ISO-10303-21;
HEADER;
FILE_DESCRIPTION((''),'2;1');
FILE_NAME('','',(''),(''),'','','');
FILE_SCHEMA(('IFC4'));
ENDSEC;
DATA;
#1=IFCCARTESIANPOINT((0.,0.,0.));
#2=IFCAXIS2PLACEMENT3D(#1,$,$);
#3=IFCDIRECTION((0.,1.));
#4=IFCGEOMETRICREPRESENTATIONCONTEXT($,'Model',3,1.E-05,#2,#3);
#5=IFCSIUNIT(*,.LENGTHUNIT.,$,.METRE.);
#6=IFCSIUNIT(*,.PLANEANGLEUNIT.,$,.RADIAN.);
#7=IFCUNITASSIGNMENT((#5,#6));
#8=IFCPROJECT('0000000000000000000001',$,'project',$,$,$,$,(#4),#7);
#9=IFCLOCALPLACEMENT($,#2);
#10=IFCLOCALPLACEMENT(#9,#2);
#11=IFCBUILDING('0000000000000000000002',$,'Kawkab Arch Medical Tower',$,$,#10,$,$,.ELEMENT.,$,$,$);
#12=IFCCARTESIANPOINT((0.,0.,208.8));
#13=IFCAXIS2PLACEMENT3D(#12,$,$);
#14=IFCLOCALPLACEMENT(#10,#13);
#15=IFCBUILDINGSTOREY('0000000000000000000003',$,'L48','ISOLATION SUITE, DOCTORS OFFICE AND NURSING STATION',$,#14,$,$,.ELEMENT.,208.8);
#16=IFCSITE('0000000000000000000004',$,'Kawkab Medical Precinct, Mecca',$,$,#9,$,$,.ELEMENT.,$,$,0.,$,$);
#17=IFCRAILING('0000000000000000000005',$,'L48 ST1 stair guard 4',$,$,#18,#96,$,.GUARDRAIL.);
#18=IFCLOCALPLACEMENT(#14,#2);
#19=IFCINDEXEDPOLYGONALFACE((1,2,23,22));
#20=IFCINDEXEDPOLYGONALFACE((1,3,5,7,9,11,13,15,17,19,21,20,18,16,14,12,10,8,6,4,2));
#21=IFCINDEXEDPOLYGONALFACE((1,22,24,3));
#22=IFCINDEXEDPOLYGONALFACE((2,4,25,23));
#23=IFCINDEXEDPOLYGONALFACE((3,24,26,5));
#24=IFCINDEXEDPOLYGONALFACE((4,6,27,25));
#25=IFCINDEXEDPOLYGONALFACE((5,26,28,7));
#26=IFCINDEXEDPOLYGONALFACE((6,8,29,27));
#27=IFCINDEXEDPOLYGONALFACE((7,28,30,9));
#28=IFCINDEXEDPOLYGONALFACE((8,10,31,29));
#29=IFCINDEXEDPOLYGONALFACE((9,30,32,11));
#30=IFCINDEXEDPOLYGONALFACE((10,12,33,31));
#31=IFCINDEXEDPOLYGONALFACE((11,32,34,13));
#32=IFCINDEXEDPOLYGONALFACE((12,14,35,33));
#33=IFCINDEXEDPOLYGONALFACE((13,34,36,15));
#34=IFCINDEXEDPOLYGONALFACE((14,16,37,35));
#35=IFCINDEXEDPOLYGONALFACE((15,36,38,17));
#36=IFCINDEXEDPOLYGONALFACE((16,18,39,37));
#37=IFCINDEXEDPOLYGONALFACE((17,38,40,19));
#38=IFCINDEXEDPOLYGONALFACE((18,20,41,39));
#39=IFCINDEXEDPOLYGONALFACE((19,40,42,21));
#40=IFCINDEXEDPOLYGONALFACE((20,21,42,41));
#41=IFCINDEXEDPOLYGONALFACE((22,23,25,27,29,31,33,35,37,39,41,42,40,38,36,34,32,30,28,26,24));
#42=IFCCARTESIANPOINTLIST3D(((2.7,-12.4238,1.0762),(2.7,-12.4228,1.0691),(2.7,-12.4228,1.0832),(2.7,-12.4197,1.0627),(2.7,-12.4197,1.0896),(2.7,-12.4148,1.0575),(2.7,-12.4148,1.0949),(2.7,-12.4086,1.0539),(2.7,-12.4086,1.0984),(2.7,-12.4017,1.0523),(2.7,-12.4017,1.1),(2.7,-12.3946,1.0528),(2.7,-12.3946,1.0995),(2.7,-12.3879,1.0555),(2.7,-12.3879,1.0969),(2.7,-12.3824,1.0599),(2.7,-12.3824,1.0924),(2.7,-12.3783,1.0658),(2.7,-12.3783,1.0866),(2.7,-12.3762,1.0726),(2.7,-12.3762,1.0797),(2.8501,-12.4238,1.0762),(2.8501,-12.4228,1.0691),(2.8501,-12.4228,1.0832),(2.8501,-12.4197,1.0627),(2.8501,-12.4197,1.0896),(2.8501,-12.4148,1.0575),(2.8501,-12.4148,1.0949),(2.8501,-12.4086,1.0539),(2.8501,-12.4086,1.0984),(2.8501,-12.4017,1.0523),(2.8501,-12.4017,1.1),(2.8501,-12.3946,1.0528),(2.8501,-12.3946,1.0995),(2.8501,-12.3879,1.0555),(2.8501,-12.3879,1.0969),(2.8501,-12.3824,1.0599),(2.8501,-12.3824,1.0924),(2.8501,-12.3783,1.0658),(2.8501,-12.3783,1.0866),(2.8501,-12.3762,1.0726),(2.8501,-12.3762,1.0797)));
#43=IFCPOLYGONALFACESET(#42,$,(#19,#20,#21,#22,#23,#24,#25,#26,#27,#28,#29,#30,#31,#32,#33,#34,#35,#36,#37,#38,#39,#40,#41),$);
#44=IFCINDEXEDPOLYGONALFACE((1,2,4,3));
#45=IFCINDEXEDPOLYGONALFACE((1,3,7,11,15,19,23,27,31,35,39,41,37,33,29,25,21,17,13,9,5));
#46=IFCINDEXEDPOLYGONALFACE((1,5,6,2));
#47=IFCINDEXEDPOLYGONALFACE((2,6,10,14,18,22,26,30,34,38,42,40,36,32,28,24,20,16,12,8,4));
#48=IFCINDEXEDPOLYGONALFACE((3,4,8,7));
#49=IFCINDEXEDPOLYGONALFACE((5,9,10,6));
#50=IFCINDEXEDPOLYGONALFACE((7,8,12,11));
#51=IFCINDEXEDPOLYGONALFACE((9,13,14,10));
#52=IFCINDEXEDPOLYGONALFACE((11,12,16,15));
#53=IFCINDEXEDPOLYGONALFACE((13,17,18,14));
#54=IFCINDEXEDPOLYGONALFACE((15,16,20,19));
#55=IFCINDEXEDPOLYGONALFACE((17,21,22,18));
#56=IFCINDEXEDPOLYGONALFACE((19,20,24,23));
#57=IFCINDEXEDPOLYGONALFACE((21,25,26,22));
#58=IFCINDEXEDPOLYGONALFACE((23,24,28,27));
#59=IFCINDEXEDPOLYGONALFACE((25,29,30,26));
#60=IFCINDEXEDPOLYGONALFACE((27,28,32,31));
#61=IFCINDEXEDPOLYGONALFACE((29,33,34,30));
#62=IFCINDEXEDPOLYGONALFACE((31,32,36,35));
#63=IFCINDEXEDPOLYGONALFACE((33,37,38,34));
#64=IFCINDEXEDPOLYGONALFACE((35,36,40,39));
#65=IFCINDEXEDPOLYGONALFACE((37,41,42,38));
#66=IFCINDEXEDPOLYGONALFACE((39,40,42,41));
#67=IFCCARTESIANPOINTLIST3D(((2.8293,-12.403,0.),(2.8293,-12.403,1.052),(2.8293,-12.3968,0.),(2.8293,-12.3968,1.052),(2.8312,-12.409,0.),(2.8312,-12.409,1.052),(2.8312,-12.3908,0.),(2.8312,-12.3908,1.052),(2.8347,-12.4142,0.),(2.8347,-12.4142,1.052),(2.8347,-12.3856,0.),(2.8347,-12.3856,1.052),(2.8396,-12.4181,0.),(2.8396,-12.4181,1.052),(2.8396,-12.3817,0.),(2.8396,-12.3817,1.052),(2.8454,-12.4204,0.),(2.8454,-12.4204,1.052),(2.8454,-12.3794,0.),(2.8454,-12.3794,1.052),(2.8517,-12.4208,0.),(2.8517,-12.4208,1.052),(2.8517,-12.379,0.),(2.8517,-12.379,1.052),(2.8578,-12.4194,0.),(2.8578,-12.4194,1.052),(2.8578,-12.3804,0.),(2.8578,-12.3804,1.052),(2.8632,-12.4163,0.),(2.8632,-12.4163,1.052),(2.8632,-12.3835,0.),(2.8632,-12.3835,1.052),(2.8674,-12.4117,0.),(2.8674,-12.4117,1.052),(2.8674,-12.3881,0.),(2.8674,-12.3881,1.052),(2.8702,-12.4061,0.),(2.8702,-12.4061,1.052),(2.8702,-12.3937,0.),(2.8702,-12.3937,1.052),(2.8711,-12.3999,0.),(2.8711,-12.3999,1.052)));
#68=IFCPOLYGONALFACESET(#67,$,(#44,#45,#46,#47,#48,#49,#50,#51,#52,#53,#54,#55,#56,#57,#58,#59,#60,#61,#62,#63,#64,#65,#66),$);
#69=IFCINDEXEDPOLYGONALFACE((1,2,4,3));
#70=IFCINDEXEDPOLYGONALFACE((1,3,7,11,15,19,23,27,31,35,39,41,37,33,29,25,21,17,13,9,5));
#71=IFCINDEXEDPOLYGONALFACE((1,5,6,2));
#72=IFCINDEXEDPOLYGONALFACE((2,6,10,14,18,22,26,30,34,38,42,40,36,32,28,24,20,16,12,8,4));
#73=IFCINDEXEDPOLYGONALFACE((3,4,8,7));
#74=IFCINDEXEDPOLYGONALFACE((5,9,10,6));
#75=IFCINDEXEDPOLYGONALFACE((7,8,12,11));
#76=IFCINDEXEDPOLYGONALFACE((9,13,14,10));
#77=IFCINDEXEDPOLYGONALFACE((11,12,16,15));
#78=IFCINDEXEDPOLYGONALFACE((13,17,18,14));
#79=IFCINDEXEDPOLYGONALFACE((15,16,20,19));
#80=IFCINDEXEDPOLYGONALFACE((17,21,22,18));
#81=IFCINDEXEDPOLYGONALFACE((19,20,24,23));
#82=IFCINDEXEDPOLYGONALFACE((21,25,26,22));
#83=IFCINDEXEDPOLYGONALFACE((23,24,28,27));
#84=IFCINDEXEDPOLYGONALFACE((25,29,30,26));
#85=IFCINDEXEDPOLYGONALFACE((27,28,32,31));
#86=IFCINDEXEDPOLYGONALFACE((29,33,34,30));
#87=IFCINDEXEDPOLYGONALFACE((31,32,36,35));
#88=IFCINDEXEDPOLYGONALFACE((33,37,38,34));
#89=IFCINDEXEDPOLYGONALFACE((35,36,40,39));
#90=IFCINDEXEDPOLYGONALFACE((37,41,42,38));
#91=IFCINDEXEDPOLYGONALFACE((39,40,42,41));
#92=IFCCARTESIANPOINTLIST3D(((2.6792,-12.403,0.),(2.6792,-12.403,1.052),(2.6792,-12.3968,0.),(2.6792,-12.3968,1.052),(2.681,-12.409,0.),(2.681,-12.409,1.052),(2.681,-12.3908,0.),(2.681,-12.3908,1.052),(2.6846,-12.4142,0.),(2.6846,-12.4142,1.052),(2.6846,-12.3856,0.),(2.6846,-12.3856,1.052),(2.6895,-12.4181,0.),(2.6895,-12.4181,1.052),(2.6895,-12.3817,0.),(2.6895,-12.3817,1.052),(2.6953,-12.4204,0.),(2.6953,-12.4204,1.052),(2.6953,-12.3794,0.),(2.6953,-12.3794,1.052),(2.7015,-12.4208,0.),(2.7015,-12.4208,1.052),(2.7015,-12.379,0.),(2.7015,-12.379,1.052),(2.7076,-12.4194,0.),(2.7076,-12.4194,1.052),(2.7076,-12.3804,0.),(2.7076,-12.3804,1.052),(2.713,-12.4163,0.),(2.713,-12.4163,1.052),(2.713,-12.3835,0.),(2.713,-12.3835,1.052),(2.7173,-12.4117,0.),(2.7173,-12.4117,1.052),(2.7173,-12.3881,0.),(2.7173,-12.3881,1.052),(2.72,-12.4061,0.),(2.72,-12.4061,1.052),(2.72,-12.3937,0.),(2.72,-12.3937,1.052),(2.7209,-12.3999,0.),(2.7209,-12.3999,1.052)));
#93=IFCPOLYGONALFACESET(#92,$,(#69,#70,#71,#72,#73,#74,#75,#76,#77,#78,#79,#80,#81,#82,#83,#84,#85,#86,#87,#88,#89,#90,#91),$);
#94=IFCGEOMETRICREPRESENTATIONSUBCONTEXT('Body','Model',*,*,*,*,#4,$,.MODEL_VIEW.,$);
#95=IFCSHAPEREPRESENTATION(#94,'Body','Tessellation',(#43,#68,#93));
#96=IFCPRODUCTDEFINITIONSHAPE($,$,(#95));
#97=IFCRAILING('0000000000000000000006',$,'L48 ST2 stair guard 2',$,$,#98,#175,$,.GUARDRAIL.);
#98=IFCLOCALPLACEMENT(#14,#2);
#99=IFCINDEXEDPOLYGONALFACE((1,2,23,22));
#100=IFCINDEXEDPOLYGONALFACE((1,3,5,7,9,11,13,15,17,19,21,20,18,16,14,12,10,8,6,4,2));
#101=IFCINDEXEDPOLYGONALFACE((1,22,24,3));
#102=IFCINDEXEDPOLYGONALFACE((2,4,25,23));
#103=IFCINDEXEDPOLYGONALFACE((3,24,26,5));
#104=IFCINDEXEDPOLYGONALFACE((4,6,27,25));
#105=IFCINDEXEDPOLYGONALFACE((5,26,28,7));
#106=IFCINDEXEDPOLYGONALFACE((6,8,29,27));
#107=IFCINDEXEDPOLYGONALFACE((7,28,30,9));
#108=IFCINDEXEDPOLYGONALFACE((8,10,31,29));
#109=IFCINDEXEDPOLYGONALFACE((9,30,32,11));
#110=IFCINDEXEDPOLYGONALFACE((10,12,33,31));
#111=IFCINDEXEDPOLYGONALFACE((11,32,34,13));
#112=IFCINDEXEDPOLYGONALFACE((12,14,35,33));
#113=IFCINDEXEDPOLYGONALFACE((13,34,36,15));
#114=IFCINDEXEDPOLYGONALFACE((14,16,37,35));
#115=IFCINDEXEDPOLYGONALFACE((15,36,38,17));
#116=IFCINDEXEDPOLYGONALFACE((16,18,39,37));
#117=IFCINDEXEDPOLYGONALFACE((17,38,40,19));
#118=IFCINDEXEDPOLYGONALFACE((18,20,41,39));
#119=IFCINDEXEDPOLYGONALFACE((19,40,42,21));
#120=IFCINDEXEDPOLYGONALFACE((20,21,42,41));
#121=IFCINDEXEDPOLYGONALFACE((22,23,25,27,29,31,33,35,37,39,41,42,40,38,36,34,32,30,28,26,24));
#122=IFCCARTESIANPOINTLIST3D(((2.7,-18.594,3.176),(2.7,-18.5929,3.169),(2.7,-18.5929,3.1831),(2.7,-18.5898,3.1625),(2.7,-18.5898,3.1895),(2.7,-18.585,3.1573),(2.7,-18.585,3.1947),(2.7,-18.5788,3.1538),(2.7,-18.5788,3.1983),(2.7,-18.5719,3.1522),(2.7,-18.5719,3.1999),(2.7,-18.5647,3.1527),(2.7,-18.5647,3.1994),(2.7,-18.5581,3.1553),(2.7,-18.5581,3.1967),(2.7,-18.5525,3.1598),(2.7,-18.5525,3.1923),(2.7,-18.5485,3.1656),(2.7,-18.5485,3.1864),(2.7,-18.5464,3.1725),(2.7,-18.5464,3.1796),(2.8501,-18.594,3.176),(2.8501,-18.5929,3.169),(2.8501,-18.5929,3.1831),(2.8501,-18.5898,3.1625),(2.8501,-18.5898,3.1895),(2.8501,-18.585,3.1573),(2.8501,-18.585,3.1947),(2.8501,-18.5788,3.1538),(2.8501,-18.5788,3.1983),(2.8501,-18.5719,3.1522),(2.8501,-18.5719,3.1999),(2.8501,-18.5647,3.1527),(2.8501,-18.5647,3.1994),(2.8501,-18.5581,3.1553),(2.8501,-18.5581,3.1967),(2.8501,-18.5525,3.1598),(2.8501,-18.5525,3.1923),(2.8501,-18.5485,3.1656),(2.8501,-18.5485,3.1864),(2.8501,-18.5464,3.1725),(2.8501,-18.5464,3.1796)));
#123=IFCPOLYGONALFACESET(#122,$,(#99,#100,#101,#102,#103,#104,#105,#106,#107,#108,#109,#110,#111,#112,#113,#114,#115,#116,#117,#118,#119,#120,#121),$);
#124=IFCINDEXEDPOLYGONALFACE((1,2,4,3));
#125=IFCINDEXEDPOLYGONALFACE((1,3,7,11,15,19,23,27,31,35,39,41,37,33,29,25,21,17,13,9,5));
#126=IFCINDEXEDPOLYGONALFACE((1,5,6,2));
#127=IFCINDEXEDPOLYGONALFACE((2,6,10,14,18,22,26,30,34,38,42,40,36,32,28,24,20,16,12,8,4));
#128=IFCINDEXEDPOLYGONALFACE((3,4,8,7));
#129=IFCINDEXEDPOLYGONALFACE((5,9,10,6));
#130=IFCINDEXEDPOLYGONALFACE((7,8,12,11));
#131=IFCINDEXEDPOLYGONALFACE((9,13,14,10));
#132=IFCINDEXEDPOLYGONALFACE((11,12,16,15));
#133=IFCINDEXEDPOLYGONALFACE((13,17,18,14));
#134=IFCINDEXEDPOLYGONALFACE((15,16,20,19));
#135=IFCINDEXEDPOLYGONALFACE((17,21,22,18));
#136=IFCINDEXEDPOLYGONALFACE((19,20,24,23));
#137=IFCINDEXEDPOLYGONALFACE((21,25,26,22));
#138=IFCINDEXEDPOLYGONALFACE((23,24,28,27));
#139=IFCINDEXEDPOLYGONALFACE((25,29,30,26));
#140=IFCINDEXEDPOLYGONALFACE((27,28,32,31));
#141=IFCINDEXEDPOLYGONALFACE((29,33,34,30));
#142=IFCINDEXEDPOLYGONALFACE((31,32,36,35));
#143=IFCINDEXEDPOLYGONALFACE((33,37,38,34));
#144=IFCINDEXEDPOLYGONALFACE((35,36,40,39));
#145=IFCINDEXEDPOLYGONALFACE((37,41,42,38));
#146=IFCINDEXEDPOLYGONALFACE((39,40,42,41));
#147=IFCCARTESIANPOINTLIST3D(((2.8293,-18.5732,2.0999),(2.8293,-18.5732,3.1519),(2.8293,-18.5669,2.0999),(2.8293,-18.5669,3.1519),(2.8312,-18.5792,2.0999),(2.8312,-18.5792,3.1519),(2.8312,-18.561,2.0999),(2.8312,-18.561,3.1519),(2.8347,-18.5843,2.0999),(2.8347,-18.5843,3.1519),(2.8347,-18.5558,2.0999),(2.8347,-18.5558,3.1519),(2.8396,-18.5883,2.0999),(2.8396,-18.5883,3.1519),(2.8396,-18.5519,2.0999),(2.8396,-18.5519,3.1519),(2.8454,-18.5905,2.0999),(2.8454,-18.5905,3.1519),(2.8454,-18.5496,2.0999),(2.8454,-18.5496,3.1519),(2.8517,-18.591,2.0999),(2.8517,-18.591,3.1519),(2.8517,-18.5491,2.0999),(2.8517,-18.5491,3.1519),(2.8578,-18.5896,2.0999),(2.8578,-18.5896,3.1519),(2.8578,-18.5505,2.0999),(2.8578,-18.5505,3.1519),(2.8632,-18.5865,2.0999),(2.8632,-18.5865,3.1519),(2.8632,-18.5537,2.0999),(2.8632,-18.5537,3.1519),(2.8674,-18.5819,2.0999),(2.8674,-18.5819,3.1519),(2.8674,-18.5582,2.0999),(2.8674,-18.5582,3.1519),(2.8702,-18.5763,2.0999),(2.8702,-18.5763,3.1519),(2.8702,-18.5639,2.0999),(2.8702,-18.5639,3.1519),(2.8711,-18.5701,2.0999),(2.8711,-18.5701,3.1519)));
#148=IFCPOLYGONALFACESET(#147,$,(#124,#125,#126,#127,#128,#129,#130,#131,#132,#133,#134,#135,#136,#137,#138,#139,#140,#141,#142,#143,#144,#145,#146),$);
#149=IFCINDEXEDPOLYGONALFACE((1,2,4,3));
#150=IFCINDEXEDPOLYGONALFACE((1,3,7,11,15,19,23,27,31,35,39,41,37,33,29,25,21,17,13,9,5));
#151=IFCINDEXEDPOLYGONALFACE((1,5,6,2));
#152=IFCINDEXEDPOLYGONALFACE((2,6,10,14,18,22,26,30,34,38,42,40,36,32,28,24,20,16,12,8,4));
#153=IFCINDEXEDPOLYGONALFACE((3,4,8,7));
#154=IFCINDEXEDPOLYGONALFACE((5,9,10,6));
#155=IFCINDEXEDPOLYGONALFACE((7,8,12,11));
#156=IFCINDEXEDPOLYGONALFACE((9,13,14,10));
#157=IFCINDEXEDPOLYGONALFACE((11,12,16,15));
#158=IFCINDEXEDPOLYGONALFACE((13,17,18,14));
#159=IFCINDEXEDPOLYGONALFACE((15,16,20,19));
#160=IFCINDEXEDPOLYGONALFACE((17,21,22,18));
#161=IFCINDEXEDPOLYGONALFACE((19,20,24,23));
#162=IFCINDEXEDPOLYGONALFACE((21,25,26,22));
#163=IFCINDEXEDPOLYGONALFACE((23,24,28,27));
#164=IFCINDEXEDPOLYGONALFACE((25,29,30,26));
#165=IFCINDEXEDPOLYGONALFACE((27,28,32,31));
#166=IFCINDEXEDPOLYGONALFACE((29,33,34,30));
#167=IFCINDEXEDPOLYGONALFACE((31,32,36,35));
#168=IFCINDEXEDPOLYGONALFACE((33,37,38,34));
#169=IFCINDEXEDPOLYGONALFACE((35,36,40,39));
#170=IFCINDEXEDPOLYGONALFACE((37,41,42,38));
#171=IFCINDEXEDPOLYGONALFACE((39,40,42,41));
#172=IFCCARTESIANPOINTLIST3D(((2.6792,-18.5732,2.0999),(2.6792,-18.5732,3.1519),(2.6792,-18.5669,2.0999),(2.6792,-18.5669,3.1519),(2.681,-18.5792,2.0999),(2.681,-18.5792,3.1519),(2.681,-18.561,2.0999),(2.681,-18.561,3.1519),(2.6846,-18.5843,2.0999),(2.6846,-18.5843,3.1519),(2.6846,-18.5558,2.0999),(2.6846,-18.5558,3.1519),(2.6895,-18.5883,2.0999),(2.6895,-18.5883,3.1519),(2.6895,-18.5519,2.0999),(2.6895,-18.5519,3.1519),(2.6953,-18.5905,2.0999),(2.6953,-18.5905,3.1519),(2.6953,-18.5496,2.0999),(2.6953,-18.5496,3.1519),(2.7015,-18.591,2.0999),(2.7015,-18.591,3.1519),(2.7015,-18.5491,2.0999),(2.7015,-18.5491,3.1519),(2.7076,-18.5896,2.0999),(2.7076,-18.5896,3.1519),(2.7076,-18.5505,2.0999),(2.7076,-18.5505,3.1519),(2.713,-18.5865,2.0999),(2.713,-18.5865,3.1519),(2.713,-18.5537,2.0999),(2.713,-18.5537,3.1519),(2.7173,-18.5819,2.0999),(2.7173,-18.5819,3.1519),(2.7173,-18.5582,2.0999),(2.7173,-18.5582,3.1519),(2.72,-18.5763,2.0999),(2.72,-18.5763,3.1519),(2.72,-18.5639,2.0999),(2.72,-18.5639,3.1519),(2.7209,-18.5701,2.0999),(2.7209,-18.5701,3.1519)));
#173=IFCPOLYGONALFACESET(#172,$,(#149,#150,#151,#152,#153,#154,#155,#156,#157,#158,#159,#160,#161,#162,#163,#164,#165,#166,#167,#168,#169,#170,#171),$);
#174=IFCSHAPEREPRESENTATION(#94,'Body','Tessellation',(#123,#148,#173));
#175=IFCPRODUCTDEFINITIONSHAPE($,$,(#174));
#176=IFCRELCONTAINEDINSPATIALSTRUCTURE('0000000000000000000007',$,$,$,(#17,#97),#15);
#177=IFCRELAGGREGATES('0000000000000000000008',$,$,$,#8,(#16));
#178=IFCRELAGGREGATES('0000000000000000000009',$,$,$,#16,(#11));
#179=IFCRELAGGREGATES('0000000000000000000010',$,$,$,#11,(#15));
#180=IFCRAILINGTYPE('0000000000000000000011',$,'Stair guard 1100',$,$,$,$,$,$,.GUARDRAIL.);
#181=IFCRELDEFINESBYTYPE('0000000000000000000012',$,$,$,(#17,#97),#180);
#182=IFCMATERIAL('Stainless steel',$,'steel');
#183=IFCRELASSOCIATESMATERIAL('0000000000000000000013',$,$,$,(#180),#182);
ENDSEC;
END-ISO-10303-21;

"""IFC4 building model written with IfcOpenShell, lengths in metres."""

from ifc_helpers import new_model, si_unit, direction, frame, origin, origin_2d, place, context, subcontext, project, spatial, circle, extrude, material, type_object, element, save


model = new_model("IFC4")

# Units and contexts
model_context = context("Model", 3, precision=1e-05, world=origin(), true_north=direction((0.0, 1.0)))
body_context = subcontext(model_context, "Body", "Model", "MODEL_VIEW")
ifc_project = project(units=[si_unit("LENGTHUNIT", "METRE"), si_unit("PLANEANGLEUNIT", "RADIAN")], contexts=[model_context])

# Site, building, storey
site_placement = place(None, origin())
site = spatial("IfcSite", under=ifc_project, at=site_placement, Name="Kawkab Medical Precinct, Mecca", CompositionType="ELEMENT", RefElevation=0.0)
building_placement = place(site_placement, origin())
building = spatial("IfcBuilding", under=site, at=building_placement, Name="Kawkab Arch Medical Tower", CompositionType="ELEMENT")
storey_placement = place(building_placement, frame((0.0, 0.0, 208.8)))
storey = spatial("IfcBuildingStorey", under=building, at=storey_placement, Name="L48", Description="ISOLATION SUITE, DOCTORS OFFICE AND NURSING STATION", CompositionType="ELEMENT", Elevation=208.8)

# Railings
ifc_material_1 = material(Name="Stainless steel", Category="steel")
railing_type_1 = type_object("IfcRailingType", Name="Stair guard 1100", PredefinedType="GUARDRAIL", material=ifc_material_1)
for number, where, name in (
    (1, (2.8501, -12.3999, 0.0), "L48 ST1 stair guard 4"),
    (2, (2.8501, -18.5701, 2.0999), "L48 ST2 stair guard 2"),
):
    element("IfcRailing", number, at=place(storey_placement, frame(where)), inside=storey, type_object=railing_type_1, Name=name, PredefinedType="GUARDRAIL", context=body_context, shape_type="SweptSolid", body=[
        extrude(circle(Radius=0.0239, at=origin_2d()), frame((0.0, 0.0, 1.0762), z_axis=(-1.0, 0.0, 0.0), x_axis=(0.0, -1.0, 0.0)), (0.0, 0.0, 1.0), 0.1501),
        extrude(circle(Radius=0.021, at=origin_2d()), origin(), (0.0, 0.0, 1.0), 1.052),
        extrude(circle(Radius=0.021, at=origin_2d()), frame((-0.1501, 0.0, 0.0)), (0.0, 0.0, 1.0), 1.052),
    ])

save(model, "model.ifc")
